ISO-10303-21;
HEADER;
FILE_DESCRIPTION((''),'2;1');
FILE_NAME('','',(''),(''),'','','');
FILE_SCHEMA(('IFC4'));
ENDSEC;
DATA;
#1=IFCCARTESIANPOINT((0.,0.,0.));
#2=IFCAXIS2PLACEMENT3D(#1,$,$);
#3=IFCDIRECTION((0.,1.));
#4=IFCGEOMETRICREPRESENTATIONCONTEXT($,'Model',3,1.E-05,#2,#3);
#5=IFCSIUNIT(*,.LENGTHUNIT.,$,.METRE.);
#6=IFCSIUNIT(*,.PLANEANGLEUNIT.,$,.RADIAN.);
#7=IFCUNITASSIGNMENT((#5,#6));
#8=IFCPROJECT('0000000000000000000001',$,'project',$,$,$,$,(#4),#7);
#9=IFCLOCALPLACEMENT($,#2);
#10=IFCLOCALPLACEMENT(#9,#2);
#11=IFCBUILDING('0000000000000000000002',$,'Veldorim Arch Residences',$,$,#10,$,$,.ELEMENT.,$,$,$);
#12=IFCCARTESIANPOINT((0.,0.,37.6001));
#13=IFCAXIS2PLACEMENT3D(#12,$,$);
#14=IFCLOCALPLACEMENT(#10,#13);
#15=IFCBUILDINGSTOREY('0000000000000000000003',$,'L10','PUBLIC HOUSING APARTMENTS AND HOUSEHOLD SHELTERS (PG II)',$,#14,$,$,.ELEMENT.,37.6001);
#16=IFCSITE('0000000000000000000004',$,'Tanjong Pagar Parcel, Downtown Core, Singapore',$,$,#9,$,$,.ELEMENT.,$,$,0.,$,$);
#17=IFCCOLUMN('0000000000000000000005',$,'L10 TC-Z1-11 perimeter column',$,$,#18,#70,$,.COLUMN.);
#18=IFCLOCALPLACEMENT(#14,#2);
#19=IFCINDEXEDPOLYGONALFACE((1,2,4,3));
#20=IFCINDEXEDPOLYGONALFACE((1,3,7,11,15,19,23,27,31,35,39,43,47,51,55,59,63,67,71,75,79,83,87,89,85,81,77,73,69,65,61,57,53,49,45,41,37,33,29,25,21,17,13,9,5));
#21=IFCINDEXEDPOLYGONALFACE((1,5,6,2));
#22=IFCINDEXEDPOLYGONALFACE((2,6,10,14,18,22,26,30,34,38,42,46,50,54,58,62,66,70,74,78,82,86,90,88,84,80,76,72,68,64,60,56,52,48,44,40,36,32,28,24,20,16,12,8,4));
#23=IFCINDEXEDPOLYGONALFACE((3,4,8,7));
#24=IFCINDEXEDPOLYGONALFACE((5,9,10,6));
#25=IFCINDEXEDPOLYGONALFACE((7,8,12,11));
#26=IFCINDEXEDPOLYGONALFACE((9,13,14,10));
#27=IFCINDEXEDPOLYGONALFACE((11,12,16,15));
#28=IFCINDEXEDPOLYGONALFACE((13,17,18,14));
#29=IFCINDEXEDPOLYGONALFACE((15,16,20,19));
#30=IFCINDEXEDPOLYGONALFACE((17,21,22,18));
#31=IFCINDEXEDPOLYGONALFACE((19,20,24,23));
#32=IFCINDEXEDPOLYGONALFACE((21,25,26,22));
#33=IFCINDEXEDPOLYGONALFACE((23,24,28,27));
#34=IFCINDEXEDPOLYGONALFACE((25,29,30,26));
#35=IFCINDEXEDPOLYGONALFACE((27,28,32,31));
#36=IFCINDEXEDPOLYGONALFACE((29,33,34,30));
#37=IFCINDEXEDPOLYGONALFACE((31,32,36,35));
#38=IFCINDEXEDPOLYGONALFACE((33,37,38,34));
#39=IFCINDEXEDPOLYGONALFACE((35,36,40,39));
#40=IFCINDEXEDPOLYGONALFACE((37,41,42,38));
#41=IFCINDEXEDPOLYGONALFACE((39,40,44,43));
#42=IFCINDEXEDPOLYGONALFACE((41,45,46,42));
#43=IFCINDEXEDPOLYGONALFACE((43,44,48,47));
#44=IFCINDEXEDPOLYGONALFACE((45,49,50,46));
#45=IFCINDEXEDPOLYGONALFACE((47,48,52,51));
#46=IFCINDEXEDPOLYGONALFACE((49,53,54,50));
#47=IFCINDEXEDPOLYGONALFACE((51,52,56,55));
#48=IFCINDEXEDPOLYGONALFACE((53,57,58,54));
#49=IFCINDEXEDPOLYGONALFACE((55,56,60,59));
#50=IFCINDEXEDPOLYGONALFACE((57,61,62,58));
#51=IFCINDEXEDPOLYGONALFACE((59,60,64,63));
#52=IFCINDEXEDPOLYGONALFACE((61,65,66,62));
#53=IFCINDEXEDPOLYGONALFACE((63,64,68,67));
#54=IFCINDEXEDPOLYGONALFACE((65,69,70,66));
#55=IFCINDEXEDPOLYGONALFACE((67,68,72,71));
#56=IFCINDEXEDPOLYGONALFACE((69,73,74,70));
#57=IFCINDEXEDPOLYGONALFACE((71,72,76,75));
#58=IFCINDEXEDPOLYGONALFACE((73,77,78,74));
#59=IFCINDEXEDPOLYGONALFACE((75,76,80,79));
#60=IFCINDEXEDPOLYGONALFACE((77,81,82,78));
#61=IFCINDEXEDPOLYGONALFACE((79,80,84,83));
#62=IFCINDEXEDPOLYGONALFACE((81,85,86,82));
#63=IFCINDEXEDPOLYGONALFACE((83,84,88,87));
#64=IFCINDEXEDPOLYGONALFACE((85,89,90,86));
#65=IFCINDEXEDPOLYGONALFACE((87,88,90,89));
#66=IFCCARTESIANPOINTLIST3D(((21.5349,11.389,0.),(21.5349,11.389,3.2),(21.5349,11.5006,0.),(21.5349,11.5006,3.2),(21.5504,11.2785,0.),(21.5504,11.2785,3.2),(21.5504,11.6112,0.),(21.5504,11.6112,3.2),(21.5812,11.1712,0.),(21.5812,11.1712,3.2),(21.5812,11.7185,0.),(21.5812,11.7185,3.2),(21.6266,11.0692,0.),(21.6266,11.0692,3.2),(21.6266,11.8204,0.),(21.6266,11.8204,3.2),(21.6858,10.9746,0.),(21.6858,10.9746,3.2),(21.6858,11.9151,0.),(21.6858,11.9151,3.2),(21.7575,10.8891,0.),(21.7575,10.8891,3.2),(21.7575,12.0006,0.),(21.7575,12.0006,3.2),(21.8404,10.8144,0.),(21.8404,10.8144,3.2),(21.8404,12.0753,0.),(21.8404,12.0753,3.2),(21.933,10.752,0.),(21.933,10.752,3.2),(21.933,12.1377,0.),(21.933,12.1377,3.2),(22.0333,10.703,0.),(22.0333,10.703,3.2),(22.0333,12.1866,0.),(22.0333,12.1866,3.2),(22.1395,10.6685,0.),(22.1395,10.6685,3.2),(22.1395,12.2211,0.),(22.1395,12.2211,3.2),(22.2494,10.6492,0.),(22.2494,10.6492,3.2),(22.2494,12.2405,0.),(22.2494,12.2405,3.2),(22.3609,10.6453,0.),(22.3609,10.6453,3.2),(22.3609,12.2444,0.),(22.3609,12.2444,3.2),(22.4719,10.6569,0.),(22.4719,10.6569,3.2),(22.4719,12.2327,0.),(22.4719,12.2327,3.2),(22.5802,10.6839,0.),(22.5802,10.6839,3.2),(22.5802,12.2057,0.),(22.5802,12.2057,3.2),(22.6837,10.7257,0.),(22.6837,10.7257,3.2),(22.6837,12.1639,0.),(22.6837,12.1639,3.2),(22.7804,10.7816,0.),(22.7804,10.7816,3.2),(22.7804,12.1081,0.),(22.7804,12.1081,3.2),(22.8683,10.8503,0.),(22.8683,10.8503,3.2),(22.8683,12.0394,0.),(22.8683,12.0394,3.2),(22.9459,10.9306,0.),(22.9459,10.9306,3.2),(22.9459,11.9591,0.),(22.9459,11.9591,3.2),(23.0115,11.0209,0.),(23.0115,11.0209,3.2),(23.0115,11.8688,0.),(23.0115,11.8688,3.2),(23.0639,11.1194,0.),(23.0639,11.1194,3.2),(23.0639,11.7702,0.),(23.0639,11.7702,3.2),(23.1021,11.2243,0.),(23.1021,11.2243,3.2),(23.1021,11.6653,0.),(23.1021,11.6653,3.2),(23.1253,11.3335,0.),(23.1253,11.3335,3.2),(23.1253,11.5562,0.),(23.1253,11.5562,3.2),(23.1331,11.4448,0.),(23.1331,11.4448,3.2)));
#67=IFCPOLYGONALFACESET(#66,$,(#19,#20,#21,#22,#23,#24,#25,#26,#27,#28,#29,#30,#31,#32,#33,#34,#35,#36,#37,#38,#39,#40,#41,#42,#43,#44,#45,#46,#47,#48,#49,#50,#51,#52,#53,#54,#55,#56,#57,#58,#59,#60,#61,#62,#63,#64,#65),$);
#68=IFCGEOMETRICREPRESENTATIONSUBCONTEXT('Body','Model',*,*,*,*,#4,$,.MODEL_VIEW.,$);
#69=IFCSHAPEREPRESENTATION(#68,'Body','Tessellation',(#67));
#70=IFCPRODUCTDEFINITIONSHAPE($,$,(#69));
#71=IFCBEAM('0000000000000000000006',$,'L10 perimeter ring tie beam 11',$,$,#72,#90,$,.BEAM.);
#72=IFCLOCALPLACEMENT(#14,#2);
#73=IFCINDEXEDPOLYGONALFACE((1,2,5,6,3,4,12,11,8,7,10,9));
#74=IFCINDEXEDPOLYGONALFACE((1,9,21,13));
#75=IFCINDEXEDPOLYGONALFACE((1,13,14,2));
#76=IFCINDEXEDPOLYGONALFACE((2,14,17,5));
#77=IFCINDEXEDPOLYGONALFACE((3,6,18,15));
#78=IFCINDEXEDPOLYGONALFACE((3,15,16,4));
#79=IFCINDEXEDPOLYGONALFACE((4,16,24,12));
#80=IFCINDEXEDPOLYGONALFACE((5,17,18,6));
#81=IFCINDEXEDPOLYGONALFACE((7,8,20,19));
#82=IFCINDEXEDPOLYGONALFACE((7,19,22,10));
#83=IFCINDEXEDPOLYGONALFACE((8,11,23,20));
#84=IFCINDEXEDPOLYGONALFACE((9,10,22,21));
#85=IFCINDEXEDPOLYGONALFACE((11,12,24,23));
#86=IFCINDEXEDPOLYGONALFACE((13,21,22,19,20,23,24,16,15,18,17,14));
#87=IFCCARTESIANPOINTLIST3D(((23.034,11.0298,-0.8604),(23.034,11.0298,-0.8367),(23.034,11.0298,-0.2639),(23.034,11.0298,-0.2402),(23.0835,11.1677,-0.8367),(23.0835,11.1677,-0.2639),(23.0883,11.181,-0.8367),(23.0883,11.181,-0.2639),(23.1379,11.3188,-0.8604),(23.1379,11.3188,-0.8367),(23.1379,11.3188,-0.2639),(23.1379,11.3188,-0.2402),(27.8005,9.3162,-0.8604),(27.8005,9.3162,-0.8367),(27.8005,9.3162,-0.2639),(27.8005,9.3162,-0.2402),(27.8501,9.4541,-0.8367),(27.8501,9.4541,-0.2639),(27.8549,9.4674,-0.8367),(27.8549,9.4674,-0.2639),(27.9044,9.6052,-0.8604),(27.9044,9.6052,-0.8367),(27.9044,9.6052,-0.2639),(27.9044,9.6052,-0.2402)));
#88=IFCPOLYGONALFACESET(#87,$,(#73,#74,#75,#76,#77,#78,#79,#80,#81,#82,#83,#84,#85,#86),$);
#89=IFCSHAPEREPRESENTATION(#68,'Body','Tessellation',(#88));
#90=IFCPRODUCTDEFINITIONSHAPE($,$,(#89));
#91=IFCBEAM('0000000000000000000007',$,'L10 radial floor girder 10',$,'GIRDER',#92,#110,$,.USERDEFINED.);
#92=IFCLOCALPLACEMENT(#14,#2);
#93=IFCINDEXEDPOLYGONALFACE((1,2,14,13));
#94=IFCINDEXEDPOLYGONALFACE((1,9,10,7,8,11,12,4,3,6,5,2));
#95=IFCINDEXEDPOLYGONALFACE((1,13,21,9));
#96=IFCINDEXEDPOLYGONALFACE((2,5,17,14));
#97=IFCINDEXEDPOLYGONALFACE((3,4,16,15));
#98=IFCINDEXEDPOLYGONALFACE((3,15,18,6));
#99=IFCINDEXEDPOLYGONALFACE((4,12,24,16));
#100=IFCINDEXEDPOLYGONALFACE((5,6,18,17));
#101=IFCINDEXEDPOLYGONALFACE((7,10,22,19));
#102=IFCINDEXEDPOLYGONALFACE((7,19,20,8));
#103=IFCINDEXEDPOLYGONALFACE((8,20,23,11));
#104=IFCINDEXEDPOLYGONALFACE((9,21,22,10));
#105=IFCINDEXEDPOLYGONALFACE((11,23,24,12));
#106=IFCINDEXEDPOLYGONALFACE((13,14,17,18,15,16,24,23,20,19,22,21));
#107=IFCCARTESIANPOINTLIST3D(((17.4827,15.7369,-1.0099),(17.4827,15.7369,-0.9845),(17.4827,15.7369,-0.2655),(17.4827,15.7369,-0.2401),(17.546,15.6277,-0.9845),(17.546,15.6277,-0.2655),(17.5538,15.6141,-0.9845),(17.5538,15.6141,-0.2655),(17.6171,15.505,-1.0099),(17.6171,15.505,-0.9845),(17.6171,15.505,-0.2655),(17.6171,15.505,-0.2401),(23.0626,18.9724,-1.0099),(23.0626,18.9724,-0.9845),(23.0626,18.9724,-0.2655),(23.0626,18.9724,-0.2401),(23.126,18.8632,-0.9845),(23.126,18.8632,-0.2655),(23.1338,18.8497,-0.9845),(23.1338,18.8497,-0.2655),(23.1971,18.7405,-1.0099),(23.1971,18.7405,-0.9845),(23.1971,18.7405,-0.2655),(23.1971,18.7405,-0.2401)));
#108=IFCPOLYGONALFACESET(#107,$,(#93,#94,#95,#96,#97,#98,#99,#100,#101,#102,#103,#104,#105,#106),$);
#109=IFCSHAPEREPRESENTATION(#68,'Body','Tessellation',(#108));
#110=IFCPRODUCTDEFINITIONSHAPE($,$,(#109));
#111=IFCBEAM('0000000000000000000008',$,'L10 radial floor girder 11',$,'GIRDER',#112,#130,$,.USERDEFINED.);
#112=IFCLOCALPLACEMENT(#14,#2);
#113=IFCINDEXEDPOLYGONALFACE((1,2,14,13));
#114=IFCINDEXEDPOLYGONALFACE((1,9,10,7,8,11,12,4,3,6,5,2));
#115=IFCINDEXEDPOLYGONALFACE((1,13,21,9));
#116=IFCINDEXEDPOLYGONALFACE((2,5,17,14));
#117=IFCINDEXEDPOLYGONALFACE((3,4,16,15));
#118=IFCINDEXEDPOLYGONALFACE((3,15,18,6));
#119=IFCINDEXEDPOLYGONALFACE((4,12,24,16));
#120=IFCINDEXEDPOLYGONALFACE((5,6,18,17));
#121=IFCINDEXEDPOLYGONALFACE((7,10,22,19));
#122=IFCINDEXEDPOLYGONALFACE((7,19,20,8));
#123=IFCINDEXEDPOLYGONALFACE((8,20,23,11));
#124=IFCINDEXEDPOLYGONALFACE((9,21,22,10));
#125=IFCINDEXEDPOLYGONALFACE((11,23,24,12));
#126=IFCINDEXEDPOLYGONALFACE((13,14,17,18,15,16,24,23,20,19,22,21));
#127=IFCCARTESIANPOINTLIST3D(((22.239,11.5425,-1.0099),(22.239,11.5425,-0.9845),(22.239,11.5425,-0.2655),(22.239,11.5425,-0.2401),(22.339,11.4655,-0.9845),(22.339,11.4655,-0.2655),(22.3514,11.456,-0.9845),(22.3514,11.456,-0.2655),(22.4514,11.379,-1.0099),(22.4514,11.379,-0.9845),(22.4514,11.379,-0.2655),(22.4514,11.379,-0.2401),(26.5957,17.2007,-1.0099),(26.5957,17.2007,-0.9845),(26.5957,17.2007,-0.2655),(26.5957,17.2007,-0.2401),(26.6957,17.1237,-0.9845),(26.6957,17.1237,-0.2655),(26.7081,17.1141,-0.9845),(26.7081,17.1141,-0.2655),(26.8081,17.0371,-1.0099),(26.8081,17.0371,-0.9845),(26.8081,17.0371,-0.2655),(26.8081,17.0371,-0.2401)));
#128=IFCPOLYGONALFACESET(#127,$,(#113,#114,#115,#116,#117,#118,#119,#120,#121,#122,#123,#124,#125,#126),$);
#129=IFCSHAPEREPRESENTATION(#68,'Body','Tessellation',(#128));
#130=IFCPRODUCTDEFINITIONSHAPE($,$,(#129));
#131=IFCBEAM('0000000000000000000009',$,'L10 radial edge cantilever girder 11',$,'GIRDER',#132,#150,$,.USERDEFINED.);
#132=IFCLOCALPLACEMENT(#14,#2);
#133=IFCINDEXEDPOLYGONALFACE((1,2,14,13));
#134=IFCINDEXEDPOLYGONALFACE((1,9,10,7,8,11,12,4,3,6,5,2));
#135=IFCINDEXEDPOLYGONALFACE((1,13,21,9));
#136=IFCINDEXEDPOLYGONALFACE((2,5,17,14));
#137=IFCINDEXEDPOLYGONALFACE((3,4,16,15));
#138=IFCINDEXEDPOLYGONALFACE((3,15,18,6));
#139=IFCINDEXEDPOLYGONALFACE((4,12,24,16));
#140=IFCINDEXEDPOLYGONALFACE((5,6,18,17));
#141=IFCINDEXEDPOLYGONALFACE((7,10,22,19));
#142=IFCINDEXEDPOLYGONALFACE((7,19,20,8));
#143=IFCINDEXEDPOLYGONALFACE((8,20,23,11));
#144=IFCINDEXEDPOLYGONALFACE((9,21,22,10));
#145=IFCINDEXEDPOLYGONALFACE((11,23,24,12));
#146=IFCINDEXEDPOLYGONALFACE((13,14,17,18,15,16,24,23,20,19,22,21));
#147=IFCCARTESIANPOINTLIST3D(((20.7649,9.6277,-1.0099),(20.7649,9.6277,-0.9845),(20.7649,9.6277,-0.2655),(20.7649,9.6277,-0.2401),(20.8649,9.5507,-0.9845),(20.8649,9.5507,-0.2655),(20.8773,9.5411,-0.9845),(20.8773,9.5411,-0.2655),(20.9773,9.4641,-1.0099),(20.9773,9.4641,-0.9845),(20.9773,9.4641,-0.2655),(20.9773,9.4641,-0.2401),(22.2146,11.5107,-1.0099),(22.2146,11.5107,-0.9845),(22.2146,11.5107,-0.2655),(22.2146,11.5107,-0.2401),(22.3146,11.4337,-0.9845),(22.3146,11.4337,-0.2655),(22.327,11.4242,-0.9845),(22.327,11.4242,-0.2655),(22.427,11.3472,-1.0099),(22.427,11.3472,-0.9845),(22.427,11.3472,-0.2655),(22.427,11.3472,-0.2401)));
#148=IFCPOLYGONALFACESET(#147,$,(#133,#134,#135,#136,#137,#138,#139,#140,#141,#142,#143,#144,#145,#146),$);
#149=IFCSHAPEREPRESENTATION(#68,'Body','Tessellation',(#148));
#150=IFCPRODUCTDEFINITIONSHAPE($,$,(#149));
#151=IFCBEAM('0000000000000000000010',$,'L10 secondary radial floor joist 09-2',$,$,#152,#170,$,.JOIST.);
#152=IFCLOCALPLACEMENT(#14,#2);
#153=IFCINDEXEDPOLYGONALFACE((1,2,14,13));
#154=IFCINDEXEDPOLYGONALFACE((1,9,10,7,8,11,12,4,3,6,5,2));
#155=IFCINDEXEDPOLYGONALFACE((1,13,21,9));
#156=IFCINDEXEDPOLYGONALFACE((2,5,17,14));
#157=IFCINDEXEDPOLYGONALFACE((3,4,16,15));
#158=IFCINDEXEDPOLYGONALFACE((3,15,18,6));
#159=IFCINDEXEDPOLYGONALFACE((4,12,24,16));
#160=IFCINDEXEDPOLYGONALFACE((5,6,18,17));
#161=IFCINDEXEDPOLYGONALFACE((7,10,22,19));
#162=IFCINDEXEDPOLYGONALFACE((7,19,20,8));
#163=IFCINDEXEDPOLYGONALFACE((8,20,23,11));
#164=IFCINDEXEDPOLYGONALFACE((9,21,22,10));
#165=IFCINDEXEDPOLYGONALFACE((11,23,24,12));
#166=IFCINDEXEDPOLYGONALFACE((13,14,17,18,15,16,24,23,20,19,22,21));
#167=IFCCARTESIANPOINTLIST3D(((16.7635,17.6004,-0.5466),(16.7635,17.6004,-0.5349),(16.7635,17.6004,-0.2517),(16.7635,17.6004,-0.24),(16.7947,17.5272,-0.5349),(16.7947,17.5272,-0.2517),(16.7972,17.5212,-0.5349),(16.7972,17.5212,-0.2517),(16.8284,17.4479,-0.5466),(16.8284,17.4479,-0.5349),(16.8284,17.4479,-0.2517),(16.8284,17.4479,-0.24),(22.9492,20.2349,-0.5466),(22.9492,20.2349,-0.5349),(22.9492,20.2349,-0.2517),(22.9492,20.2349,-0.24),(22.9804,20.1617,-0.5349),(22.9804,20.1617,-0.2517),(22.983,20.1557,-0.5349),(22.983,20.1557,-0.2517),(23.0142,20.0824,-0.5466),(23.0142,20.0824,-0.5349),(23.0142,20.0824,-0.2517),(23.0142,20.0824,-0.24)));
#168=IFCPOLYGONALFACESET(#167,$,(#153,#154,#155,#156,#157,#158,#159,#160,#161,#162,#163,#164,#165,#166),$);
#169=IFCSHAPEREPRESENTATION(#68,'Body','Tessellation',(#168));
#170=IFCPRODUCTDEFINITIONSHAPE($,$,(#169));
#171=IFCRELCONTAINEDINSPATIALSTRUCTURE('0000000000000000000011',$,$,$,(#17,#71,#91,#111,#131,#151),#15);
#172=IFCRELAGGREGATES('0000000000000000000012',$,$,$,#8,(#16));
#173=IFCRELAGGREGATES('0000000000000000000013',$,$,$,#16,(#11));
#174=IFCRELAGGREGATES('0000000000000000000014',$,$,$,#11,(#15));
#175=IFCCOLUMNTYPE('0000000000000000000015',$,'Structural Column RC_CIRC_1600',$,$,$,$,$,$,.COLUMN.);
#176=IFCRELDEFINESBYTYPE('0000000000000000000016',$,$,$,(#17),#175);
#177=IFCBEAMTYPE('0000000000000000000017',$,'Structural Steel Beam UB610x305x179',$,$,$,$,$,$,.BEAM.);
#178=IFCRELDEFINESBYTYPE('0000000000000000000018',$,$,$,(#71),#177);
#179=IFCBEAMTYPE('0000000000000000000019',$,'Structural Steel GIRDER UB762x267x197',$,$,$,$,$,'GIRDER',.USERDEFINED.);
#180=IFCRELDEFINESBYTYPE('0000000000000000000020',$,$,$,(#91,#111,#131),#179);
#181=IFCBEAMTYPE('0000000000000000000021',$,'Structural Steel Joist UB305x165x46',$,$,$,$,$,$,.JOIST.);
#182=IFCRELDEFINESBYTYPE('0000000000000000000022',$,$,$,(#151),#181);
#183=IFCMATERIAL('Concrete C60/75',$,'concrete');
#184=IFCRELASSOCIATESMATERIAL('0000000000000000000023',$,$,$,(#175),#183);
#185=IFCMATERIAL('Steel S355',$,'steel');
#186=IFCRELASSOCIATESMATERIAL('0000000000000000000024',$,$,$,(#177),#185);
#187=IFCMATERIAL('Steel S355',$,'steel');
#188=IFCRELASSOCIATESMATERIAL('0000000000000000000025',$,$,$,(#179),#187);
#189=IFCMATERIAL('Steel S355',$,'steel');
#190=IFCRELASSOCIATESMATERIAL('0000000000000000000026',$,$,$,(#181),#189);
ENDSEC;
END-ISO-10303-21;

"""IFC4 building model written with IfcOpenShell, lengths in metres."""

from ifc_helpers import new_model, si_unit, direction, frame, origin, origin_2d, place, context, subcontext, project, spatial, circle, i_section, extrude, material, material_profile, profile_set, type_object, element, save


model = new_model("IFC4")

# Units and contexts
model_context = context("Model", 3, precision=1e-05, world=origin(), true_north=direction((0.0, 1.0)))
body_context = subcontext(model_context, "Body", "Model", "MODEL_VIEW")
ifc_project = project(units=[si_unit("LENGTHUNIT", "METRE"), si_unit("PLANEANGLEUNIT", "RADIAN")], contexts=[model_context])

# Site, building, storey
site_placement = place(None, origin())
site = spatial("IfcSite", under=ifc_project, at=site_placement, Name="Tanjong Pagar Parcel, Downtown Core, Singapore", CompositionType="ELEMENT", RefElevation=0.0)
building_placement = place(site_placement, origin())
building = spatial("IfcBuilding", under=site, at=building_placement, Name="Veldorim Arch Residences", CompositionType="ELEMENT")
storey_placement = place(building_placement, frame((0.0, 0.0, 37.6001)))
storey = spatial("IfcBuildingStorey", under=building, at=storey_placement, Name="L10", Description="PUBLIC HOUSING APARTMENTS AND HOUSEHOLD SHELTERS (PG II)", CompositionType="ELEMENT", Elevation=37.6001)

# Column
ifc_material_1 = material(Name="Concrete C60/75", Category="concrete")
ifc_material_profile_1 = material_profile(ifc_material_1, circle(Radius=0.8, at=origin_2d()), Name="RC_CIRC_1600")
ifc_profile_set_1 = profile_set([ifc_material_profile_1], Name="Concrete C60/75")
column_type = type_object("IfcColumnType", Name="Structural Column RC_CIRC_1600", PredefinedType="COLUMN", material=ifc_profile_set_1)
column_placement = place(storey_placement, frame((22.333, 11.4448, 0.0), z_axis=(0.0, 0.0, 1.0), x_axis=(1.0, 0.0, 0.0)))
element("IfcColumn", 1, at=column_placement, inside=storey, type_object=column_type, Name="L10 TC-Z1-11 perimeter column", PredefinedType="COLUMN", context=body_context, shape_type="SweptSolid", body=[
    extrude(circle(Radius=0.8, at=origin_2d()), origin(), (0.0, 0.0, 1.0), 3.2),
])

# Beams
ifc_material_2 = material(Name="Steel S355", Category="steel")
ifc_material_profile_2 = material_profile(ifc_material_2, i_section(OverallWidth=0.3071, OverallDepth=0.6201, WebThickness=0.0142, FlangeThickness=0.0237, at=origin_2d()), Name="UB610x305x179")
ifc_profile_set_2 = profile_set([ifc_material_profile_2], Name="Steel S355")
beam_type_1 = type_object("IfcBeamType", Name="Structural Steel Beam UB610x305x179", PredefinedType="BEAM", material=ifc_profile_set_2)
beam_1_placement = place(storey_placement, frame((23.0859, 11.1743, -0.5503), z_axis=(0.941035, -0.338308, 0.0), x_axis=(0.338308, 0.941035, 0.0)))
element("IfcBeam", 2, at=beam_1_placement, inside=storey, type_object=beam_type_1, Name="L10 perimeter ring tie beam 11", PredefinedType="BEAM", context=body_context, shape_type="SweptSolid", body=[
    extrude(i_section(OverallWidth=0.3071, OverallDepth=0.6201, WebThickness=0.0142, FlangeThickness=0.0237, at=origin_2d()), origin(), (0.0, 0.0, 1.0), 5.0652),
])
ifc_material_3 = material(Name="Steel S355", Category="steel")
ifc_material_profile_3 = material_profile(ifc_material_3, i_section(OverallWidth=0.2681, OverallDepth=0.7698, WebThickness=0.0156, FlangeThickness=0.0254, at=origin_2d()), Name="UB762x267x197")
ifc_profile_set_3 = profile_set([ifc_material_profile_3], Name="Steel S355")
beam_type_2 = type_object("IfcBeamType", Name="Structural Steel GIRDER UB762x267x197", ElementType="GIRDER", PredefinedType="USERDEFINED", material=ifc_profile_set_3)
beam_2_placement = place(storey_placement, frame((23.1299, 18.8564, -0.625), z_axis=(-0.865088, -0.50162, 0.0), x_axis=(0.50162, -0.865088, 0.0)))
element("IfcBeam", 3, at=beam_2_placement, inside=storey, type_object=beam_type_2, Name="L10 radial floor girder 10", ObjectType="GIRDER", PredefinedType="USERDEFINED", context=body_context, shape_type="SweptSolid", body=[
    extrude(i_section(OverallWidth=0.2681, OverallDepth=0.7698, WebThickness=0.0156, FlangeThickness=0.0254, at=origin_2d()), origin(), (0.0, 0.0, 1.0), 6.4502),
])
beam_3_placement = place(storey_placement, frame((26.7019, 17.1189, -0.625), z_axis=(-0.610082, -0.792338, 0.0), x_axis=(0.792338, -0.610082, 0.0)))
element("IfcBeam", 4, at=beam_3_placement, inside=storey, type_object=beam_type_2, Name="L10 radial floor girder 11", ObjectType="GIRDER", PredefinedType="USERDEFINED", context=body_context, shape_type="SweptSolid", body=[
    extrude(i_section(OverallWidth=0.2681, OverallDepth=0.7698, WebThickness=0.0156, FlangeThickness=0.0254, at=origin_2d()), origin(), (0.0, 0.0, 1.0), 7.1411),
])
beam_4_placement = place(storey_placement, frame((22.3208, 11.429, -0.625), z_axis=(-0.610028, -0.79238, 0.0), x_axis=(0.79238, -0.610028, 0.0)))
element("IfcBeam", 5, at=beam_4_placement, inside=storey, type_object=beam_type_2, Name="L10 radial edge cantilever girder 11", ObjectType="GIRDER", PredefinedType="USERDEFINED", context=body_context, shape_type="SweptSolid", body=[
    extrude(i_section(OverallWidth=0.2681, OverallDepth=0.7698, WebThickness=0.0156, FlangeThickness=0.0254, at=origin_2d()), origin(), (0.0, 0.0, 1.0), 2.3765),
])
ifc_material_4 = material(Name="Steel S355", Category="steel")
ifc_material_profile_4 = material_profile(ifc_material_4, i_section(OverallWidth=0.1658, OverallDepth=0.3066, WebThickness=0.0066, FlangeThickness=0.0117, at=origin_2d()), Name="UB305x165x46")
ifc_profile_set_4 = profile_set([ifc_material_profile_4], Name="Steel S355")
beam_type_3 = type_object("IfcBeamType", Name="Structural Steel Joist UB305x165x46", PredefinedType="JOIST", material=ifc_profile_set_4)
beam_5_placement = place(storey_placement, frame((22.9817, 20.1587, -0.3933), z_axis=(-0.920033, -0.391841, 0.0), x_axis=(0.391841, -0.920033, 0.0)))
element("IfcBeam", 6, at=beam_5_placement, inside=storey, type_object=beam_type_3, Name="L10 secondary radial floor joist 09-2", PredefinedType="JOIST", context=body_context, shape_type="SweptSolid", body=[
    extrude(i_section(OverallWidth=0.1658, OverallDepth=0.3066, WebThickness=0.0066, FlangeThickness=0.0117, at=origin_2d()), origin(), (0.0, 0.0, 1.0), 6.7234),
])

save(model, "model.ifc")
